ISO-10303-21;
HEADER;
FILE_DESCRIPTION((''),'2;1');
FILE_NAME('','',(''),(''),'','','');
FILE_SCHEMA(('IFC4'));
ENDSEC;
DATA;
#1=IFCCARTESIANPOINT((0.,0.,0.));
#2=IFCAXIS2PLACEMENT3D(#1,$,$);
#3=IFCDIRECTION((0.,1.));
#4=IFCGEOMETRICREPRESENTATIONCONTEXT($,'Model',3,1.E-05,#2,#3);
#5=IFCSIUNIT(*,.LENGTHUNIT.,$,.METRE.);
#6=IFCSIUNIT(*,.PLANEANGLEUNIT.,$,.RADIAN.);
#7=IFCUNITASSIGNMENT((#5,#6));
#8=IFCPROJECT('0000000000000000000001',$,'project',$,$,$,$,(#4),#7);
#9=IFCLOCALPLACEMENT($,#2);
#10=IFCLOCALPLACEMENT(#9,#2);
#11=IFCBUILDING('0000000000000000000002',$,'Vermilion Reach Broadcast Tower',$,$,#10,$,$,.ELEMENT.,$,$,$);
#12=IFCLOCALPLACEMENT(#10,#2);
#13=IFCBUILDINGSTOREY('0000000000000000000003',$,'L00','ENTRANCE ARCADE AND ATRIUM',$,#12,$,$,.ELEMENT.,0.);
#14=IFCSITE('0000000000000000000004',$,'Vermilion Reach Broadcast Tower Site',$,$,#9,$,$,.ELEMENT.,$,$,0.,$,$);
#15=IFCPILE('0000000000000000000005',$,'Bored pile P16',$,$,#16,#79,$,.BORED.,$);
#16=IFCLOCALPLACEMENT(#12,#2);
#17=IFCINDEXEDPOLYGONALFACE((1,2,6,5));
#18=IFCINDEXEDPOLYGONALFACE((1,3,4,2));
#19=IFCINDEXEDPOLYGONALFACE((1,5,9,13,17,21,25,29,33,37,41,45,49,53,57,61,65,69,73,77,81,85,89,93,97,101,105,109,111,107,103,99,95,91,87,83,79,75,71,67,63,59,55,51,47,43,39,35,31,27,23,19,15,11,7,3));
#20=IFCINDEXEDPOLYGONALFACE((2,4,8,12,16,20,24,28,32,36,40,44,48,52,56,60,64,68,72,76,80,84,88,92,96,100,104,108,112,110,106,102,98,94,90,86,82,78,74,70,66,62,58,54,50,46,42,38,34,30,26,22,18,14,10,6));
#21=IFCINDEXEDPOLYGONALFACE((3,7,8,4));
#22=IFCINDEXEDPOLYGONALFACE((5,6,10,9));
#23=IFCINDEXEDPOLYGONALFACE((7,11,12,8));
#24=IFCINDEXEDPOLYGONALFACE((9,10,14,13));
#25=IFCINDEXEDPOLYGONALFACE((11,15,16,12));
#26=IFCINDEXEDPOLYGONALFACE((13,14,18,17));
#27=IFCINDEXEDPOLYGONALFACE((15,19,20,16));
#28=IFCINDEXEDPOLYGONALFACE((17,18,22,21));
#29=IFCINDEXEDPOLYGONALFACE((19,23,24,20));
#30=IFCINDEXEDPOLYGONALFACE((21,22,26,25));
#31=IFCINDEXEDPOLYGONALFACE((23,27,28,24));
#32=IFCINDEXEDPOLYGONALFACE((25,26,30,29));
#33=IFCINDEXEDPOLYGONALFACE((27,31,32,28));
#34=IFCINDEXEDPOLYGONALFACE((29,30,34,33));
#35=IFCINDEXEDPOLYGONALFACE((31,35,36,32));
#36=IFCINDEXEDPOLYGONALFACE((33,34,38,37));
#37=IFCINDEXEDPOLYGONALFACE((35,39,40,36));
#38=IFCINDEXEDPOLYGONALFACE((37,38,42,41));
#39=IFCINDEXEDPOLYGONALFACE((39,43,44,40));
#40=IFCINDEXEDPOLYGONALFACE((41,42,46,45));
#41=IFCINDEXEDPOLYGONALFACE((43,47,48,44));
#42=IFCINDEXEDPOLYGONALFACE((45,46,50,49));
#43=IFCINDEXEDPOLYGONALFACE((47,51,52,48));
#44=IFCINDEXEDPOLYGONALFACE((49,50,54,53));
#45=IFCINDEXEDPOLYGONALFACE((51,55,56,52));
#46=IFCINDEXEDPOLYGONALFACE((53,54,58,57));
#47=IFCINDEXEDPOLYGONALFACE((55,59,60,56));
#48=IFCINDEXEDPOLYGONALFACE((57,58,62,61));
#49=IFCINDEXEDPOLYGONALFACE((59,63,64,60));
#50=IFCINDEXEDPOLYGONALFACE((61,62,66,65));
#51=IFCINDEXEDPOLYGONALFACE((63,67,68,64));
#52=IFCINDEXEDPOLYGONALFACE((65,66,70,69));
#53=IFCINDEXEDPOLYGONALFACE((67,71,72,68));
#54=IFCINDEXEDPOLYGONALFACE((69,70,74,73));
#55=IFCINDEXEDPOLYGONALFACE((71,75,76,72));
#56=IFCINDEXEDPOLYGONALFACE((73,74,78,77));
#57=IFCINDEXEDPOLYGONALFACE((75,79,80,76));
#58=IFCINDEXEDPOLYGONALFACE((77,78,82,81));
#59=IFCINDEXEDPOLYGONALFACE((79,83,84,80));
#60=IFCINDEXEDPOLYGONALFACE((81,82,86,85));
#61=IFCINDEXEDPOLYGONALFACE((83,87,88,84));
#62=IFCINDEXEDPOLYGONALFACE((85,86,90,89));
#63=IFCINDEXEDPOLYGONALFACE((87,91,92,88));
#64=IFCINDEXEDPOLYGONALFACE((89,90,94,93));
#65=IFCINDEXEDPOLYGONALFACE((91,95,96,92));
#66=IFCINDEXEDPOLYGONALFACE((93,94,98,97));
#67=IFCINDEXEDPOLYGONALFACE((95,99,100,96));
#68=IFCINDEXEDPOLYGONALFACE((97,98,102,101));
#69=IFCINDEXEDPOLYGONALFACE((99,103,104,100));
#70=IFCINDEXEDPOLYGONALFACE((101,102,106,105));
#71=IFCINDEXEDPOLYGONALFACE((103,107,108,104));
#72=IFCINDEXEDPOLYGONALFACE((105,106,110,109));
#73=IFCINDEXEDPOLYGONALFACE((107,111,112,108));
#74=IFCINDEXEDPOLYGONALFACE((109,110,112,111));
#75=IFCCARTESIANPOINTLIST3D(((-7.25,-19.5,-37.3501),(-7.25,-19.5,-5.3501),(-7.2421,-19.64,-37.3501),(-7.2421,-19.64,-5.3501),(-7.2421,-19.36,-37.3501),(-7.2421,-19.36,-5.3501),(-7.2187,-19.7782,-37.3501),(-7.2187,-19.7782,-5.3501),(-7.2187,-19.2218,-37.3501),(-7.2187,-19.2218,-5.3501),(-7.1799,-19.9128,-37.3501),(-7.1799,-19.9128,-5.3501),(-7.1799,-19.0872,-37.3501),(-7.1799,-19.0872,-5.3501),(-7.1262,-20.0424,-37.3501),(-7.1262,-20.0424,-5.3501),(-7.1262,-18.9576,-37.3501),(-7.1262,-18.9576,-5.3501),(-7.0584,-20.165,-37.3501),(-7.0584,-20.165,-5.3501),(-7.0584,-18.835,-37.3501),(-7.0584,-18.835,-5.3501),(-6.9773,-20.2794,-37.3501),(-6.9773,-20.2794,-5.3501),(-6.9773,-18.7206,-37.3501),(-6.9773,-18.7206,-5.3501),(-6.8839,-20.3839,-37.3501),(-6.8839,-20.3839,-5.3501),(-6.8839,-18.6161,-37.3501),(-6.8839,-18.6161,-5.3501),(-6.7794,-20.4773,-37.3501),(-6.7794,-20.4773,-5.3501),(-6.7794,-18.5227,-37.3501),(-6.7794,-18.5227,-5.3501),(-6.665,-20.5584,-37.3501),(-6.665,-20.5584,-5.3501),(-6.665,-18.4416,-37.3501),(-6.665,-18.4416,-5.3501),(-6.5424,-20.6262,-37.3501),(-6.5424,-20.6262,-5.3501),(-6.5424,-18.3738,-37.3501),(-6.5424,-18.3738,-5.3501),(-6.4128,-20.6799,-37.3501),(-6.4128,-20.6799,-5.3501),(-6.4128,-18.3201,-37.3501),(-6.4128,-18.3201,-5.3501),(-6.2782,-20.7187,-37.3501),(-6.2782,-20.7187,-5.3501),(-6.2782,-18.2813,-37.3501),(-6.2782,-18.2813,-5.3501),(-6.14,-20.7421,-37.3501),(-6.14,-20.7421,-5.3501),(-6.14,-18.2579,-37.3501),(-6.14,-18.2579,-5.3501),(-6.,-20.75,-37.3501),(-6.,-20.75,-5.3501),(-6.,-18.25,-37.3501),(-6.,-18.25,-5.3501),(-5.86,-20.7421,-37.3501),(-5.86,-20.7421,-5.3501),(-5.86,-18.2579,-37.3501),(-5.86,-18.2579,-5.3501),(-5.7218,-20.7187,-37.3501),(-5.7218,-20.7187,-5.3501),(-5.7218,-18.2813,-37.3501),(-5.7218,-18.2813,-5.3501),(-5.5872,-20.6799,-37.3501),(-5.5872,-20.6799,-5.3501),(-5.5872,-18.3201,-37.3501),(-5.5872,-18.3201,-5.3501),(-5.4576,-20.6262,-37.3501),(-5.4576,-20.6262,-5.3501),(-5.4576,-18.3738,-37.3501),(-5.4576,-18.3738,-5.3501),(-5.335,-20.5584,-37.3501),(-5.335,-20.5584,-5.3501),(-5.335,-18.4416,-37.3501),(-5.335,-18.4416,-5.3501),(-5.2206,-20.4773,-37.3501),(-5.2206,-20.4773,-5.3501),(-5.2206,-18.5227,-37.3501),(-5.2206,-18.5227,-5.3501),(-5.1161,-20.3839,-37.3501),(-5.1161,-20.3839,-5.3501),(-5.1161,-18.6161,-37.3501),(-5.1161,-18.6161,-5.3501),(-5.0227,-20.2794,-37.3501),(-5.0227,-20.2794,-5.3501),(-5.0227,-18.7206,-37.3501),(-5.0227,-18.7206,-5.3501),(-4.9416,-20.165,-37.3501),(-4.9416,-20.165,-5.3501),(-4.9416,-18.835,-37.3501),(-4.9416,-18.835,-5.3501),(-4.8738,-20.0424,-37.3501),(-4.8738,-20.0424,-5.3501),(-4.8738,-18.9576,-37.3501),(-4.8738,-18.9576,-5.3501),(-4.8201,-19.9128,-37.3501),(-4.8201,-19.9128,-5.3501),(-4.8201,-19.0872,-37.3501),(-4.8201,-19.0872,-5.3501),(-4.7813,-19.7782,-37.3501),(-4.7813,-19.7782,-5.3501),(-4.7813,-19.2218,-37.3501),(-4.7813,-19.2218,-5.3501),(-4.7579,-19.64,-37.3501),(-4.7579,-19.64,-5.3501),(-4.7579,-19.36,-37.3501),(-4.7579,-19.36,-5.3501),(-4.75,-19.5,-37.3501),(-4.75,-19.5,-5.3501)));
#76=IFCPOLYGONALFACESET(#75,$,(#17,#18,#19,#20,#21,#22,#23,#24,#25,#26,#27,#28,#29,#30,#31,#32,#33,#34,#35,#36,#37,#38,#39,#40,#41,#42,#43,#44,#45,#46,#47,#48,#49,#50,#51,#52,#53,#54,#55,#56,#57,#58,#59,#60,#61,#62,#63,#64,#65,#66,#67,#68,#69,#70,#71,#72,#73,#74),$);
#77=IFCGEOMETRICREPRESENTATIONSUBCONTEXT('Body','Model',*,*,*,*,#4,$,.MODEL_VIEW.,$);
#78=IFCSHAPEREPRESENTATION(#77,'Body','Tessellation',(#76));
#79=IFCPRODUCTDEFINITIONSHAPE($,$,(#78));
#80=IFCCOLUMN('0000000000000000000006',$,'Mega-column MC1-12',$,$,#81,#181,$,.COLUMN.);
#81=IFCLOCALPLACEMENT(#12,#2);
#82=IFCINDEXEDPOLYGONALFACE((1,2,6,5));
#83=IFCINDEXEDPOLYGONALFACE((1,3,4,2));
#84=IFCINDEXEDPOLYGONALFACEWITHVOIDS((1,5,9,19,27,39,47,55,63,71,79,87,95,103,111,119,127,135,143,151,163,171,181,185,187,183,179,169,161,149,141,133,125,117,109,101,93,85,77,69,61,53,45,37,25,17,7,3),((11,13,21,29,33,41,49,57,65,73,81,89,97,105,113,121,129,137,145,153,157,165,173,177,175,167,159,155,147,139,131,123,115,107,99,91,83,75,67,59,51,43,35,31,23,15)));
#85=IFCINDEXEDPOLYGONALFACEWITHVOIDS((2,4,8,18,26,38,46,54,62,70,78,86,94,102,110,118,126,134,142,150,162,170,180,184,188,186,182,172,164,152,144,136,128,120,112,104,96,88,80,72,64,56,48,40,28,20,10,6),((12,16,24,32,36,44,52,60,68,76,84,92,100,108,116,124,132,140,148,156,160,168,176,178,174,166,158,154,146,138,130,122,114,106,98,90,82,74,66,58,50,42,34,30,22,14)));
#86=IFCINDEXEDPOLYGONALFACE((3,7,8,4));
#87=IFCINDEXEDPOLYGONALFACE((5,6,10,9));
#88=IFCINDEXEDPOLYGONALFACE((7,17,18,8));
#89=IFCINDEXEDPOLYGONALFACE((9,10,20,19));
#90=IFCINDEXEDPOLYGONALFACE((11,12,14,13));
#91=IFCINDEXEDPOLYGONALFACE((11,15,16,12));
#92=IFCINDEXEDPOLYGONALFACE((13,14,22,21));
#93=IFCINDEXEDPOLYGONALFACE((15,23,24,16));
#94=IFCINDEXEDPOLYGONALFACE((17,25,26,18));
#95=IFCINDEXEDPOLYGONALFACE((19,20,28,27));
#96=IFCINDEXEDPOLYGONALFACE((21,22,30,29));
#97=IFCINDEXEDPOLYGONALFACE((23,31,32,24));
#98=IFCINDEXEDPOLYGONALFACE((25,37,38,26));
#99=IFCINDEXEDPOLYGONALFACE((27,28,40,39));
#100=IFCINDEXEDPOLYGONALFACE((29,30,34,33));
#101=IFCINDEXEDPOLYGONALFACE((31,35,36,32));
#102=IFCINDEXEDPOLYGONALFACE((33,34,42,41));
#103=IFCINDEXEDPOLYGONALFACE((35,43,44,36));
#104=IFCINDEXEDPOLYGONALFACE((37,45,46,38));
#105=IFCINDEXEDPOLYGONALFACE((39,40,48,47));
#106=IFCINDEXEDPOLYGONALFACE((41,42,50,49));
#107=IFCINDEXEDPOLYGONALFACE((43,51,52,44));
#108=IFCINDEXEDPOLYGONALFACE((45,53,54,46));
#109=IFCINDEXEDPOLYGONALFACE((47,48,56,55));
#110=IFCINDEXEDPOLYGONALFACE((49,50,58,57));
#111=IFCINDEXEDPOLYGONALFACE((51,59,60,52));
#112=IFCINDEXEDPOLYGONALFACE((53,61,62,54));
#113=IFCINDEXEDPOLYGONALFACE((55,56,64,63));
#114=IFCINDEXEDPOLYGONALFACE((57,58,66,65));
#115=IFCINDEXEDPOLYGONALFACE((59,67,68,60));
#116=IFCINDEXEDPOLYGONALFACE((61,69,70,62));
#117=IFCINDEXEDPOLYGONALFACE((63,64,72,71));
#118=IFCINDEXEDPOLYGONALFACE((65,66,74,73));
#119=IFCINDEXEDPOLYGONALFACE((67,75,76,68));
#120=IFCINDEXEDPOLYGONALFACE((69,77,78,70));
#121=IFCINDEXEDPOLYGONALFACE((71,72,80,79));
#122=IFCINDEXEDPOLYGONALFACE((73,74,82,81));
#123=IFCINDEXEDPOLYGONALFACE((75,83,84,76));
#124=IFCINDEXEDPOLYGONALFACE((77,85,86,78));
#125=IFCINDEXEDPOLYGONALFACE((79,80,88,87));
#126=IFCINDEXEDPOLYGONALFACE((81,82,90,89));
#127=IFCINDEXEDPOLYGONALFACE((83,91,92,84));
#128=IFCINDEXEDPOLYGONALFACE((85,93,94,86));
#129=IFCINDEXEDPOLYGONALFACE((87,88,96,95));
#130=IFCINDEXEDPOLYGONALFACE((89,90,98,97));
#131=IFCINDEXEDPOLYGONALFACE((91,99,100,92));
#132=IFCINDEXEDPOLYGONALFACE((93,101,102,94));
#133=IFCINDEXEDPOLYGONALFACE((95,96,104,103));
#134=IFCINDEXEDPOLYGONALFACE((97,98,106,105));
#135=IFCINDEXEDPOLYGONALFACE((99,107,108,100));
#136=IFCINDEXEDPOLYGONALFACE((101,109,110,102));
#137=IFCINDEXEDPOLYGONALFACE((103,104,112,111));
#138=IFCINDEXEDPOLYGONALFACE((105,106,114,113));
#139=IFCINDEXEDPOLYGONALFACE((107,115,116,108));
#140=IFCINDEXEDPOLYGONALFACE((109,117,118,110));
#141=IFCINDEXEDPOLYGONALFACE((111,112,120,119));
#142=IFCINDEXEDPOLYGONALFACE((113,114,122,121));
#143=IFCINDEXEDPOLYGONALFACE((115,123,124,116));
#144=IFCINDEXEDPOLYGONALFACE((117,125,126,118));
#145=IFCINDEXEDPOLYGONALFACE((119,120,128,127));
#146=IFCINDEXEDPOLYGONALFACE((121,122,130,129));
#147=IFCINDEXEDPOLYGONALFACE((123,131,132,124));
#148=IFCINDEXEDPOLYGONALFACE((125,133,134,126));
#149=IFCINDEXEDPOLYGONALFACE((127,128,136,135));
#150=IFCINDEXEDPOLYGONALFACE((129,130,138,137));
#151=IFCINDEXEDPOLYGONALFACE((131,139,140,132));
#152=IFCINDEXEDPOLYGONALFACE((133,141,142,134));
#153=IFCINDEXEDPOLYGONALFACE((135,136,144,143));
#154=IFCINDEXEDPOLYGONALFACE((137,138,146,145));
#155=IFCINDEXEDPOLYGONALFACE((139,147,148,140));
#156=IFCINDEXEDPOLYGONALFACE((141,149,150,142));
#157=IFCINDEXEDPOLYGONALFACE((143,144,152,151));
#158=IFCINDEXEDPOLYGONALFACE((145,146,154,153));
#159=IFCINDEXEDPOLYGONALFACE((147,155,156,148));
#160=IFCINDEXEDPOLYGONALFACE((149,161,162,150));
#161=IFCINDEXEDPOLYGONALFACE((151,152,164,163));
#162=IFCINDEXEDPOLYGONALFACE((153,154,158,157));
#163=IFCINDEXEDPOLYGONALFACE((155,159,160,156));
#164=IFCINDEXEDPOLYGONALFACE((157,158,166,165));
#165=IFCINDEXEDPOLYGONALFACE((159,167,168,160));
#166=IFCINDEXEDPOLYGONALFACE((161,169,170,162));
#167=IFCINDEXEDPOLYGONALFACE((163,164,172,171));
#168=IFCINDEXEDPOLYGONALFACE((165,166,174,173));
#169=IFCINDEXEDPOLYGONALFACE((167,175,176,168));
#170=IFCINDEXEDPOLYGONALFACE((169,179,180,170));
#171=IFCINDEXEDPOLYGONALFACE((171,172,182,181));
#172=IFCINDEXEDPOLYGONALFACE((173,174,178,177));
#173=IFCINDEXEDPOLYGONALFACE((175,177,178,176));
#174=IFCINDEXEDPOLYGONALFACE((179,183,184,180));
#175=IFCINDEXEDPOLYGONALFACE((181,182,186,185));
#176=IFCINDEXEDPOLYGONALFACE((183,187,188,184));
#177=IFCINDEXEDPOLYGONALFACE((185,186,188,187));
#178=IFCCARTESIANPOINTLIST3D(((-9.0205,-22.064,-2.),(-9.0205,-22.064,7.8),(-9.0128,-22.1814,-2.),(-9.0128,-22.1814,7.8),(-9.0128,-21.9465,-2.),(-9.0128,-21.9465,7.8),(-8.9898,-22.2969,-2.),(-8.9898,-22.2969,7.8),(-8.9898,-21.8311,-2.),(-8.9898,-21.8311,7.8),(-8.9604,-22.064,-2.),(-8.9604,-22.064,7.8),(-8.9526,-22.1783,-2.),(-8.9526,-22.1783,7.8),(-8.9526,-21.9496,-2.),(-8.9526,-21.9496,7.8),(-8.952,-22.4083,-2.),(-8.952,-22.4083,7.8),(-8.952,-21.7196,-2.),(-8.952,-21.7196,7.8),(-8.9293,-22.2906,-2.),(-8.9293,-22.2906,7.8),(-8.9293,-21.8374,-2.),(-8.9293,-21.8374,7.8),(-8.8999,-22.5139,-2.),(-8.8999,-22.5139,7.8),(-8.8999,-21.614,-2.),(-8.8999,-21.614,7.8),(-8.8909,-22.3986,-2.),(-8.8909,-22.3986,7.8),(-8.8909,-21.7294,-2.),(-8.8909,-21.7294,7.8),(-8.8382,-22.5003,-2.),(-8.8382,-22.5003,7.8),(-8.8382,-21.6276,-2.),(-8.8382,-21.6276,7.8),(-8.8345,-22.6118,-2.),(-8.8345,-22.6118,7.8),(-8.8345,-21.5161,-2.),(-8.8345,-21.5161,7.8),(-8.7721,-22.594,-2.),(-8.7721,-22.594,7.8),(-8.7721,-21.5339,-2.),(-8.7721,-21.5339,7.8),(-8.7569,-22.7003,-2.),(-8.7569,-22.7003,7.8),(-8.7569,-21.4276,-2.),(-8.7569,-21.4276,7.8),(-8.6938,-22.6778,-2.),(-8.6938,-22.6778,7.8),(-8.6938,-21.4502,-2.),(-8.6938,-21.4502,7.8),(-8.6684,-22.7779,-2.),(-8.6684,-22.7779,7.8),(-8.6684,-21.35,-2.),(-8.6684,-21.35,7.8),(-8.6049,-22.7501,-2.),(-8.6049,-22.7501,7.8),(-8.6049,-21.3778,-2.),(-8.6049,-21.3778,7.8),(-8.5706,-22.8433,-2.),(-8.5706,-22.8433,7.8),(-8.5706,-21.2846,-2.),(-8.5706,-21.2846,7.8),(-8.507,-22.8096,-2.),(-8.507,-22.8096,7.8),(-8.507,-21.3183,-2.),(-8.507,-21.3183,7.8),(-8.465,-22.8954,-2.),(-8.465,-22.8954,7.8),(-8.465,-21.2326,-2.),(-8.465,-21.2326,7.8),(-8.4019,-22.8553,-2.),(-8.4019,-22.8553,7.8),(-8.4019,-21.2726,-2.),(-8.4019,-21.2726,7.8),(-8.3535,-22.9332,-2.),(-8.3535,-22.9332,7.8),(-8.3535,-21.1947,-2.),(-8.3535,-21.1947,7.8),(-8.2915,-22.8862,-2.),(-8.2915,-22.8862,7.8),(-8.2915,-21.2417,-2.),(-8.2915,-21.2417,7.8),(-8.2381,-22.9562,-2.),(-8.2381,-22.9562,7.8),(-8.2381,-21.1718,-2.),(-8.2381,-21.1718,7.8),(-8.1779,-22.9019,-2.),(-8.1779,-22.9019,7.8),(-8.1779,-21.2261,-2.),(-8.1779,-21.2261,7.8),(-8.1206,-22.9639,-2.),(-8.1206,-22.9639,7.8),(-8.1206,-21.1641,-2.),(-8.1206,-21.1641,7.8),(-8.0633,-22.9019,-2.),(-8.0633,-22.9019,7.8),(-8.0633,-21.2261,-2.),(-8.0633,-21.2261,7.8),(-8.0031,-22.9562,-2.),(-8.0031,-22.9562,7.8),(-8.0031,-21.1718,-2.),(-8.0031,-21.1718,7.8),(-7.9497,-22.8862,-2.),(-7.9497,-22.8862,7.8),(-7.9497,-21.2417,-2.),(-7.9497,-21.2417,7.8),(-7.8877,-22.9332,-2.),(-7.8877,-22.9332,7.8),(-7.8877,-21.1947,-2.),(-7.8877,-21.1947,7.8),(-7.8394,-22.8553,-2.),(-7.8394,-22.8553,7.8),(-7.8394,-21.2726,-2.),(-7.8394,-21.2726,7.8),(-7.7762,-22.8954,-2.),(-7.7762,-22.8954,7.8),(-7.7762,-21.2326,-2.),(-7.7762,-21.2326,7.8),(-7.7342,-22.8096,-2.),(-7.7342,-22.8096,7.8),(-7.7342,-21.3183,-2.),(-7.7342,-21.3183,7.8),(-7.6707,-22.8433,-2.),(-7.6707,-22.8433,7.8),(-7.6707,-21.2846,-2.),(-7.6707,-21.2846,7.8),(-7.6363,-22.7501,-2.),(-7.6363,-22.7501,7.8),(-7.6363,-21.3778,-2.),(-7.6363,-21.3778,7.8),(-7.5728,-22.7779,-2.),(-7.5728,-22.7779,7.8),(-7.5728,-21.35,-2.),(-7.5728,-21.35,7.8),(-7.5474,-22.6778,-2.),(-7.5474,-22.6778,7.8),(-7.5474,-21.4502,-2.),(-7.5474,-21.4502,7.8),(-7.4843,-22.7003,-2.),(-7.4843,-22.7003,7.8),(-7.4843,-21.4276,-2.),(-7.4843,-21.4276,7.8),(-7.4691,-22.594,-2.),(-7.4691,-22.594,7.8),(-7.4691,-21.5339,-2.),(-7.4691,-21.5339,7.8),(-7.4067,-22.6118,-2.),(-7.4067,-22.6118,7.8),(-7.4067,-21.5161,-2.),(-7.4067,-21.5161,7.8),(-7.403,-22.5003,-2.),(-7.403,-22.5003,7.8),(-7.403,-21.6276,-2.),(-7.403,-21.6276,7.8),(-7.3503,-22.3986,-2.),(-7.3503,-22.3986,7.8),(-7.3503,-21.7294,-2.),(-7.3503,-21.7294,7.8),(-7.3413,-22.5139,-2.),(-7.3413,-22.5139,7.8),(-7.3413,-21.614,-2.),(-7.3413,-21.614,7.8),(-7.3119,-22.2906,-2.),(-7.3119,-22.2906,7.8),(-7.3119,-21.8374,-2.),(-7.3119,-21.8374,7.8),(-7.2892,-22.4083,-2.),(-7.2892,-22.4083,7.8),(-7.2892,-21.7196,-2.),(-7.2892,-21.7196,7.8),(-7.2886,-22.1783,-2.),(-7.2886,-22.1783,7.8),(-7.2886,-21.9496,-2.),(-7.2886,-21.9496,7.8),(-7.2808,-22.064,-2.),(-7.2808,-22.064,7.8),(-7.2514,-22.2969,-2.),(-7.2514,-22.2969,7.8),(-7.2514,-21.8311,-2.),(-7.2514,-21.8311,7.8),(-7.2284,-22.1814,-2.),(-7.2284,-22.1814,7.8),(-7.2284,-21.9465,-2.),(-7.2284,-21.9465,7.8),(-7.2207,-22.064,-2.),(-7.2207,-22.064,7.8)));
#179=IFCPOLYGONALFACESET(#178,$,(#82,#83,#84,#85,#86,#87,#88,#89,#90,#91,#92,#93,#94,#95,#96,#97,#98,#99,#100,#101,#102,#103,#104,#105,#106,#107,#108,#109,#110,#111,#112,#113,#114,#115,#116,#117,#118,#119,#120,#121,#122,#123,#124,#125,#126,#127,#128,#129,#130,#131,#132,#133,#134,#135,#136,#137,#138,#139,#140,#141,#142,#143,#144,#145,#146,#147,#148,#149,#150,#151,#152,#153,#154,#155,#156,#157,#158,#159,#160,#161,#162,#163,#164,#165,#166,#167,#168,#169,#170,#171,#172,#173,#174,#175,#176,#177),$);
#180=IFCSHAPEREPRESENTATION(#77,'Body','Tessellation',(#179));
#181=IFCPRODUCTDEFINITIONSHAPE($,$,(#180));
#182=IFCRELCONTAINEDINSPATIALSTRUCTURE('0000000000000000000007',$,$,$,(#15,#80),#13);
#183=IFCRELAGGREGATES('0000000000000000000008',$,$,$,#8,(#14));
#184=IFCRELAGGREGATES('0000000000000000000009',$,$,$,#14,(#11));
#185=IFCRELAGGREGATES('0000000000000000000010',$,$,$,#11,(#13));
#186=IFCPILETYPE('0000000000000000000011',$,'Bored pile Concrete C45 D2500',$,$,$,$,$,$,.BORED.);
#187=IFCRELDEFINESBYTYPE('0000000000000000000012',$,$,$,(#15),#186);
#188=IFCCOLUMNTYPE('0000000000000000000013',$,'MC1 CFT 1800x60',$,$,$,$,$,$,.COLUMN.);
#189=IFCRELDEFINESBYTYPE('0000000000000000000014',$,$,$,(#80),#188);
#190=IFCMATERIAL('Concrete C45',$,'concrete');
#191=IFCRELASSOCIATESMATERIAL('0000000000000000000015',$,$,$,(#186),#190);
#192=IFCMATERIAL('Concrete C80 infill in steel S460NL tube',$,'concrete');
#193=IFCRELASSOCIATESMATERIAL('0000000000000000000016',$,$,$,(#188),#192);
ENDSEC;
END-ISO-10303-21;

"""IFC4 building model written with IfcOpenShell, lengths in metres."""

from ifc_helpers import new_model, si_unit, direction, frame, origin, origin_2d, place, context, subcontext, project, spatial, circle, hollow_circle, extrude, material, material_profile, profile_set, type_object, element, save


model = new_model("IFC4")

# Units and contexts
model_context = context("Model", 3, precision=1e-05, world=origin(), true_north=direction((0.0, 1.0)))
body_context = subcontext(model_context, "Body", "Model", "MODEL_VIEW")
ifc_project = project(units=[si_unit("LENGTHUNIT", "METRE"), si_unit("PLANEANGLEUNIT", "RADIAN")], contexts=[model_context])

# Site, building, storey
site_placement = place(None, origin())
site = spatial("IfcSite", under=ifc_project, at=site_placement, Name="Vermilion Reach Broadcast Tower Site", CompositionType="ELEMENT", RefElevation=0.0)
building_placement = place(site_placement, origin())
building = spatial("IfcBuilding", under=site, at=building_placement, Name="Vermilion Reach Broadcast Tower", CompositionType="ELEMENT")
storey_placement = place(building_placement, origin())
storey = spatial("IfcBuildingStorey", under=building, at=storey_placement, Name="L00", Description="ENTRANCE ARCADE AND ATRIUM", CompositionType="ELEMENT", Elevation=0.0)

# Pile
ifc_material_1 = material(Name="Concrete C45", Category="concrete")
ifc_material_profile_1 = material_profile(ifc_material_1, circle(Radius=1.25, at=origin_2d()), Name="Concrete C45 D2500")
ifc_profile_set_1 = profile_set([ifc_material_profile_1], Name="Concrete C45")
pile_type = type_object("IfcPileType", Name="Bored pile Concrete C45 D2500", PredefinedType="BORED", material=ifc_profile_set_1)
pile_placement = place(storey_placement, frame((-6.0, -19.5, -5.3501), z_axis=(0.0, 0.0, -1.0), x_axis=(1.0, 0.0, 0.0)))
element("IfcPile", 1, at=pile_placement, inside=storey, type_object=pile_type, Name="Bored pile P16", PredefinedType="BORED", context=body_context, shape_type="SweptSolid", body=[
    extrude(circle(Radius=1.25, at=origin_2d()), origin(), (0.0, 0.0, 1.0), 32.0),
])

# Column
ifc_material_2 = material(Name="Concrete C80 infill in steel S460NL tube", Category="concrete")
ifc_material_profile_2 = material_profile(ifc_material_2, hollow_circle(Radius=0.8999, WallThickness=0.0601, at=origin_2d()), Name="Concrete C80 infill in steel S460NL tube CFT 1800x60")
ifc_profile_set_2 = profile_set([ifc_material_profile_2], Name="Concrete C80 infill in steel S460NL tube")
column_type = type_object("IfcColumnType", Name="MC1 CFT 1800x60", PredefinedType="COLUMN", material=ifc_profile_set_2)
column_placement = place(storey_placement, frame((-8.1206, -22.064, -2.0), z_axis=(0.0, 0.0, 1.0), x_axis=(1.0, 0.0, 0.0)))
element("IfcColumn", 2, at=column_placement, inside=storey, type_object=column_type, Name="Mega-column MC1-12", PredefinedType="COLUMN", context=body_context, shape_type="SweptSolid", body=[
    extrude(hollow_circle(Radius=0.8999, WallThickness=0.0601, at=origin_2d()), origin(), (0.0, 0.0, 1.0), 9.8),
])

save(model, "model.ifc")
